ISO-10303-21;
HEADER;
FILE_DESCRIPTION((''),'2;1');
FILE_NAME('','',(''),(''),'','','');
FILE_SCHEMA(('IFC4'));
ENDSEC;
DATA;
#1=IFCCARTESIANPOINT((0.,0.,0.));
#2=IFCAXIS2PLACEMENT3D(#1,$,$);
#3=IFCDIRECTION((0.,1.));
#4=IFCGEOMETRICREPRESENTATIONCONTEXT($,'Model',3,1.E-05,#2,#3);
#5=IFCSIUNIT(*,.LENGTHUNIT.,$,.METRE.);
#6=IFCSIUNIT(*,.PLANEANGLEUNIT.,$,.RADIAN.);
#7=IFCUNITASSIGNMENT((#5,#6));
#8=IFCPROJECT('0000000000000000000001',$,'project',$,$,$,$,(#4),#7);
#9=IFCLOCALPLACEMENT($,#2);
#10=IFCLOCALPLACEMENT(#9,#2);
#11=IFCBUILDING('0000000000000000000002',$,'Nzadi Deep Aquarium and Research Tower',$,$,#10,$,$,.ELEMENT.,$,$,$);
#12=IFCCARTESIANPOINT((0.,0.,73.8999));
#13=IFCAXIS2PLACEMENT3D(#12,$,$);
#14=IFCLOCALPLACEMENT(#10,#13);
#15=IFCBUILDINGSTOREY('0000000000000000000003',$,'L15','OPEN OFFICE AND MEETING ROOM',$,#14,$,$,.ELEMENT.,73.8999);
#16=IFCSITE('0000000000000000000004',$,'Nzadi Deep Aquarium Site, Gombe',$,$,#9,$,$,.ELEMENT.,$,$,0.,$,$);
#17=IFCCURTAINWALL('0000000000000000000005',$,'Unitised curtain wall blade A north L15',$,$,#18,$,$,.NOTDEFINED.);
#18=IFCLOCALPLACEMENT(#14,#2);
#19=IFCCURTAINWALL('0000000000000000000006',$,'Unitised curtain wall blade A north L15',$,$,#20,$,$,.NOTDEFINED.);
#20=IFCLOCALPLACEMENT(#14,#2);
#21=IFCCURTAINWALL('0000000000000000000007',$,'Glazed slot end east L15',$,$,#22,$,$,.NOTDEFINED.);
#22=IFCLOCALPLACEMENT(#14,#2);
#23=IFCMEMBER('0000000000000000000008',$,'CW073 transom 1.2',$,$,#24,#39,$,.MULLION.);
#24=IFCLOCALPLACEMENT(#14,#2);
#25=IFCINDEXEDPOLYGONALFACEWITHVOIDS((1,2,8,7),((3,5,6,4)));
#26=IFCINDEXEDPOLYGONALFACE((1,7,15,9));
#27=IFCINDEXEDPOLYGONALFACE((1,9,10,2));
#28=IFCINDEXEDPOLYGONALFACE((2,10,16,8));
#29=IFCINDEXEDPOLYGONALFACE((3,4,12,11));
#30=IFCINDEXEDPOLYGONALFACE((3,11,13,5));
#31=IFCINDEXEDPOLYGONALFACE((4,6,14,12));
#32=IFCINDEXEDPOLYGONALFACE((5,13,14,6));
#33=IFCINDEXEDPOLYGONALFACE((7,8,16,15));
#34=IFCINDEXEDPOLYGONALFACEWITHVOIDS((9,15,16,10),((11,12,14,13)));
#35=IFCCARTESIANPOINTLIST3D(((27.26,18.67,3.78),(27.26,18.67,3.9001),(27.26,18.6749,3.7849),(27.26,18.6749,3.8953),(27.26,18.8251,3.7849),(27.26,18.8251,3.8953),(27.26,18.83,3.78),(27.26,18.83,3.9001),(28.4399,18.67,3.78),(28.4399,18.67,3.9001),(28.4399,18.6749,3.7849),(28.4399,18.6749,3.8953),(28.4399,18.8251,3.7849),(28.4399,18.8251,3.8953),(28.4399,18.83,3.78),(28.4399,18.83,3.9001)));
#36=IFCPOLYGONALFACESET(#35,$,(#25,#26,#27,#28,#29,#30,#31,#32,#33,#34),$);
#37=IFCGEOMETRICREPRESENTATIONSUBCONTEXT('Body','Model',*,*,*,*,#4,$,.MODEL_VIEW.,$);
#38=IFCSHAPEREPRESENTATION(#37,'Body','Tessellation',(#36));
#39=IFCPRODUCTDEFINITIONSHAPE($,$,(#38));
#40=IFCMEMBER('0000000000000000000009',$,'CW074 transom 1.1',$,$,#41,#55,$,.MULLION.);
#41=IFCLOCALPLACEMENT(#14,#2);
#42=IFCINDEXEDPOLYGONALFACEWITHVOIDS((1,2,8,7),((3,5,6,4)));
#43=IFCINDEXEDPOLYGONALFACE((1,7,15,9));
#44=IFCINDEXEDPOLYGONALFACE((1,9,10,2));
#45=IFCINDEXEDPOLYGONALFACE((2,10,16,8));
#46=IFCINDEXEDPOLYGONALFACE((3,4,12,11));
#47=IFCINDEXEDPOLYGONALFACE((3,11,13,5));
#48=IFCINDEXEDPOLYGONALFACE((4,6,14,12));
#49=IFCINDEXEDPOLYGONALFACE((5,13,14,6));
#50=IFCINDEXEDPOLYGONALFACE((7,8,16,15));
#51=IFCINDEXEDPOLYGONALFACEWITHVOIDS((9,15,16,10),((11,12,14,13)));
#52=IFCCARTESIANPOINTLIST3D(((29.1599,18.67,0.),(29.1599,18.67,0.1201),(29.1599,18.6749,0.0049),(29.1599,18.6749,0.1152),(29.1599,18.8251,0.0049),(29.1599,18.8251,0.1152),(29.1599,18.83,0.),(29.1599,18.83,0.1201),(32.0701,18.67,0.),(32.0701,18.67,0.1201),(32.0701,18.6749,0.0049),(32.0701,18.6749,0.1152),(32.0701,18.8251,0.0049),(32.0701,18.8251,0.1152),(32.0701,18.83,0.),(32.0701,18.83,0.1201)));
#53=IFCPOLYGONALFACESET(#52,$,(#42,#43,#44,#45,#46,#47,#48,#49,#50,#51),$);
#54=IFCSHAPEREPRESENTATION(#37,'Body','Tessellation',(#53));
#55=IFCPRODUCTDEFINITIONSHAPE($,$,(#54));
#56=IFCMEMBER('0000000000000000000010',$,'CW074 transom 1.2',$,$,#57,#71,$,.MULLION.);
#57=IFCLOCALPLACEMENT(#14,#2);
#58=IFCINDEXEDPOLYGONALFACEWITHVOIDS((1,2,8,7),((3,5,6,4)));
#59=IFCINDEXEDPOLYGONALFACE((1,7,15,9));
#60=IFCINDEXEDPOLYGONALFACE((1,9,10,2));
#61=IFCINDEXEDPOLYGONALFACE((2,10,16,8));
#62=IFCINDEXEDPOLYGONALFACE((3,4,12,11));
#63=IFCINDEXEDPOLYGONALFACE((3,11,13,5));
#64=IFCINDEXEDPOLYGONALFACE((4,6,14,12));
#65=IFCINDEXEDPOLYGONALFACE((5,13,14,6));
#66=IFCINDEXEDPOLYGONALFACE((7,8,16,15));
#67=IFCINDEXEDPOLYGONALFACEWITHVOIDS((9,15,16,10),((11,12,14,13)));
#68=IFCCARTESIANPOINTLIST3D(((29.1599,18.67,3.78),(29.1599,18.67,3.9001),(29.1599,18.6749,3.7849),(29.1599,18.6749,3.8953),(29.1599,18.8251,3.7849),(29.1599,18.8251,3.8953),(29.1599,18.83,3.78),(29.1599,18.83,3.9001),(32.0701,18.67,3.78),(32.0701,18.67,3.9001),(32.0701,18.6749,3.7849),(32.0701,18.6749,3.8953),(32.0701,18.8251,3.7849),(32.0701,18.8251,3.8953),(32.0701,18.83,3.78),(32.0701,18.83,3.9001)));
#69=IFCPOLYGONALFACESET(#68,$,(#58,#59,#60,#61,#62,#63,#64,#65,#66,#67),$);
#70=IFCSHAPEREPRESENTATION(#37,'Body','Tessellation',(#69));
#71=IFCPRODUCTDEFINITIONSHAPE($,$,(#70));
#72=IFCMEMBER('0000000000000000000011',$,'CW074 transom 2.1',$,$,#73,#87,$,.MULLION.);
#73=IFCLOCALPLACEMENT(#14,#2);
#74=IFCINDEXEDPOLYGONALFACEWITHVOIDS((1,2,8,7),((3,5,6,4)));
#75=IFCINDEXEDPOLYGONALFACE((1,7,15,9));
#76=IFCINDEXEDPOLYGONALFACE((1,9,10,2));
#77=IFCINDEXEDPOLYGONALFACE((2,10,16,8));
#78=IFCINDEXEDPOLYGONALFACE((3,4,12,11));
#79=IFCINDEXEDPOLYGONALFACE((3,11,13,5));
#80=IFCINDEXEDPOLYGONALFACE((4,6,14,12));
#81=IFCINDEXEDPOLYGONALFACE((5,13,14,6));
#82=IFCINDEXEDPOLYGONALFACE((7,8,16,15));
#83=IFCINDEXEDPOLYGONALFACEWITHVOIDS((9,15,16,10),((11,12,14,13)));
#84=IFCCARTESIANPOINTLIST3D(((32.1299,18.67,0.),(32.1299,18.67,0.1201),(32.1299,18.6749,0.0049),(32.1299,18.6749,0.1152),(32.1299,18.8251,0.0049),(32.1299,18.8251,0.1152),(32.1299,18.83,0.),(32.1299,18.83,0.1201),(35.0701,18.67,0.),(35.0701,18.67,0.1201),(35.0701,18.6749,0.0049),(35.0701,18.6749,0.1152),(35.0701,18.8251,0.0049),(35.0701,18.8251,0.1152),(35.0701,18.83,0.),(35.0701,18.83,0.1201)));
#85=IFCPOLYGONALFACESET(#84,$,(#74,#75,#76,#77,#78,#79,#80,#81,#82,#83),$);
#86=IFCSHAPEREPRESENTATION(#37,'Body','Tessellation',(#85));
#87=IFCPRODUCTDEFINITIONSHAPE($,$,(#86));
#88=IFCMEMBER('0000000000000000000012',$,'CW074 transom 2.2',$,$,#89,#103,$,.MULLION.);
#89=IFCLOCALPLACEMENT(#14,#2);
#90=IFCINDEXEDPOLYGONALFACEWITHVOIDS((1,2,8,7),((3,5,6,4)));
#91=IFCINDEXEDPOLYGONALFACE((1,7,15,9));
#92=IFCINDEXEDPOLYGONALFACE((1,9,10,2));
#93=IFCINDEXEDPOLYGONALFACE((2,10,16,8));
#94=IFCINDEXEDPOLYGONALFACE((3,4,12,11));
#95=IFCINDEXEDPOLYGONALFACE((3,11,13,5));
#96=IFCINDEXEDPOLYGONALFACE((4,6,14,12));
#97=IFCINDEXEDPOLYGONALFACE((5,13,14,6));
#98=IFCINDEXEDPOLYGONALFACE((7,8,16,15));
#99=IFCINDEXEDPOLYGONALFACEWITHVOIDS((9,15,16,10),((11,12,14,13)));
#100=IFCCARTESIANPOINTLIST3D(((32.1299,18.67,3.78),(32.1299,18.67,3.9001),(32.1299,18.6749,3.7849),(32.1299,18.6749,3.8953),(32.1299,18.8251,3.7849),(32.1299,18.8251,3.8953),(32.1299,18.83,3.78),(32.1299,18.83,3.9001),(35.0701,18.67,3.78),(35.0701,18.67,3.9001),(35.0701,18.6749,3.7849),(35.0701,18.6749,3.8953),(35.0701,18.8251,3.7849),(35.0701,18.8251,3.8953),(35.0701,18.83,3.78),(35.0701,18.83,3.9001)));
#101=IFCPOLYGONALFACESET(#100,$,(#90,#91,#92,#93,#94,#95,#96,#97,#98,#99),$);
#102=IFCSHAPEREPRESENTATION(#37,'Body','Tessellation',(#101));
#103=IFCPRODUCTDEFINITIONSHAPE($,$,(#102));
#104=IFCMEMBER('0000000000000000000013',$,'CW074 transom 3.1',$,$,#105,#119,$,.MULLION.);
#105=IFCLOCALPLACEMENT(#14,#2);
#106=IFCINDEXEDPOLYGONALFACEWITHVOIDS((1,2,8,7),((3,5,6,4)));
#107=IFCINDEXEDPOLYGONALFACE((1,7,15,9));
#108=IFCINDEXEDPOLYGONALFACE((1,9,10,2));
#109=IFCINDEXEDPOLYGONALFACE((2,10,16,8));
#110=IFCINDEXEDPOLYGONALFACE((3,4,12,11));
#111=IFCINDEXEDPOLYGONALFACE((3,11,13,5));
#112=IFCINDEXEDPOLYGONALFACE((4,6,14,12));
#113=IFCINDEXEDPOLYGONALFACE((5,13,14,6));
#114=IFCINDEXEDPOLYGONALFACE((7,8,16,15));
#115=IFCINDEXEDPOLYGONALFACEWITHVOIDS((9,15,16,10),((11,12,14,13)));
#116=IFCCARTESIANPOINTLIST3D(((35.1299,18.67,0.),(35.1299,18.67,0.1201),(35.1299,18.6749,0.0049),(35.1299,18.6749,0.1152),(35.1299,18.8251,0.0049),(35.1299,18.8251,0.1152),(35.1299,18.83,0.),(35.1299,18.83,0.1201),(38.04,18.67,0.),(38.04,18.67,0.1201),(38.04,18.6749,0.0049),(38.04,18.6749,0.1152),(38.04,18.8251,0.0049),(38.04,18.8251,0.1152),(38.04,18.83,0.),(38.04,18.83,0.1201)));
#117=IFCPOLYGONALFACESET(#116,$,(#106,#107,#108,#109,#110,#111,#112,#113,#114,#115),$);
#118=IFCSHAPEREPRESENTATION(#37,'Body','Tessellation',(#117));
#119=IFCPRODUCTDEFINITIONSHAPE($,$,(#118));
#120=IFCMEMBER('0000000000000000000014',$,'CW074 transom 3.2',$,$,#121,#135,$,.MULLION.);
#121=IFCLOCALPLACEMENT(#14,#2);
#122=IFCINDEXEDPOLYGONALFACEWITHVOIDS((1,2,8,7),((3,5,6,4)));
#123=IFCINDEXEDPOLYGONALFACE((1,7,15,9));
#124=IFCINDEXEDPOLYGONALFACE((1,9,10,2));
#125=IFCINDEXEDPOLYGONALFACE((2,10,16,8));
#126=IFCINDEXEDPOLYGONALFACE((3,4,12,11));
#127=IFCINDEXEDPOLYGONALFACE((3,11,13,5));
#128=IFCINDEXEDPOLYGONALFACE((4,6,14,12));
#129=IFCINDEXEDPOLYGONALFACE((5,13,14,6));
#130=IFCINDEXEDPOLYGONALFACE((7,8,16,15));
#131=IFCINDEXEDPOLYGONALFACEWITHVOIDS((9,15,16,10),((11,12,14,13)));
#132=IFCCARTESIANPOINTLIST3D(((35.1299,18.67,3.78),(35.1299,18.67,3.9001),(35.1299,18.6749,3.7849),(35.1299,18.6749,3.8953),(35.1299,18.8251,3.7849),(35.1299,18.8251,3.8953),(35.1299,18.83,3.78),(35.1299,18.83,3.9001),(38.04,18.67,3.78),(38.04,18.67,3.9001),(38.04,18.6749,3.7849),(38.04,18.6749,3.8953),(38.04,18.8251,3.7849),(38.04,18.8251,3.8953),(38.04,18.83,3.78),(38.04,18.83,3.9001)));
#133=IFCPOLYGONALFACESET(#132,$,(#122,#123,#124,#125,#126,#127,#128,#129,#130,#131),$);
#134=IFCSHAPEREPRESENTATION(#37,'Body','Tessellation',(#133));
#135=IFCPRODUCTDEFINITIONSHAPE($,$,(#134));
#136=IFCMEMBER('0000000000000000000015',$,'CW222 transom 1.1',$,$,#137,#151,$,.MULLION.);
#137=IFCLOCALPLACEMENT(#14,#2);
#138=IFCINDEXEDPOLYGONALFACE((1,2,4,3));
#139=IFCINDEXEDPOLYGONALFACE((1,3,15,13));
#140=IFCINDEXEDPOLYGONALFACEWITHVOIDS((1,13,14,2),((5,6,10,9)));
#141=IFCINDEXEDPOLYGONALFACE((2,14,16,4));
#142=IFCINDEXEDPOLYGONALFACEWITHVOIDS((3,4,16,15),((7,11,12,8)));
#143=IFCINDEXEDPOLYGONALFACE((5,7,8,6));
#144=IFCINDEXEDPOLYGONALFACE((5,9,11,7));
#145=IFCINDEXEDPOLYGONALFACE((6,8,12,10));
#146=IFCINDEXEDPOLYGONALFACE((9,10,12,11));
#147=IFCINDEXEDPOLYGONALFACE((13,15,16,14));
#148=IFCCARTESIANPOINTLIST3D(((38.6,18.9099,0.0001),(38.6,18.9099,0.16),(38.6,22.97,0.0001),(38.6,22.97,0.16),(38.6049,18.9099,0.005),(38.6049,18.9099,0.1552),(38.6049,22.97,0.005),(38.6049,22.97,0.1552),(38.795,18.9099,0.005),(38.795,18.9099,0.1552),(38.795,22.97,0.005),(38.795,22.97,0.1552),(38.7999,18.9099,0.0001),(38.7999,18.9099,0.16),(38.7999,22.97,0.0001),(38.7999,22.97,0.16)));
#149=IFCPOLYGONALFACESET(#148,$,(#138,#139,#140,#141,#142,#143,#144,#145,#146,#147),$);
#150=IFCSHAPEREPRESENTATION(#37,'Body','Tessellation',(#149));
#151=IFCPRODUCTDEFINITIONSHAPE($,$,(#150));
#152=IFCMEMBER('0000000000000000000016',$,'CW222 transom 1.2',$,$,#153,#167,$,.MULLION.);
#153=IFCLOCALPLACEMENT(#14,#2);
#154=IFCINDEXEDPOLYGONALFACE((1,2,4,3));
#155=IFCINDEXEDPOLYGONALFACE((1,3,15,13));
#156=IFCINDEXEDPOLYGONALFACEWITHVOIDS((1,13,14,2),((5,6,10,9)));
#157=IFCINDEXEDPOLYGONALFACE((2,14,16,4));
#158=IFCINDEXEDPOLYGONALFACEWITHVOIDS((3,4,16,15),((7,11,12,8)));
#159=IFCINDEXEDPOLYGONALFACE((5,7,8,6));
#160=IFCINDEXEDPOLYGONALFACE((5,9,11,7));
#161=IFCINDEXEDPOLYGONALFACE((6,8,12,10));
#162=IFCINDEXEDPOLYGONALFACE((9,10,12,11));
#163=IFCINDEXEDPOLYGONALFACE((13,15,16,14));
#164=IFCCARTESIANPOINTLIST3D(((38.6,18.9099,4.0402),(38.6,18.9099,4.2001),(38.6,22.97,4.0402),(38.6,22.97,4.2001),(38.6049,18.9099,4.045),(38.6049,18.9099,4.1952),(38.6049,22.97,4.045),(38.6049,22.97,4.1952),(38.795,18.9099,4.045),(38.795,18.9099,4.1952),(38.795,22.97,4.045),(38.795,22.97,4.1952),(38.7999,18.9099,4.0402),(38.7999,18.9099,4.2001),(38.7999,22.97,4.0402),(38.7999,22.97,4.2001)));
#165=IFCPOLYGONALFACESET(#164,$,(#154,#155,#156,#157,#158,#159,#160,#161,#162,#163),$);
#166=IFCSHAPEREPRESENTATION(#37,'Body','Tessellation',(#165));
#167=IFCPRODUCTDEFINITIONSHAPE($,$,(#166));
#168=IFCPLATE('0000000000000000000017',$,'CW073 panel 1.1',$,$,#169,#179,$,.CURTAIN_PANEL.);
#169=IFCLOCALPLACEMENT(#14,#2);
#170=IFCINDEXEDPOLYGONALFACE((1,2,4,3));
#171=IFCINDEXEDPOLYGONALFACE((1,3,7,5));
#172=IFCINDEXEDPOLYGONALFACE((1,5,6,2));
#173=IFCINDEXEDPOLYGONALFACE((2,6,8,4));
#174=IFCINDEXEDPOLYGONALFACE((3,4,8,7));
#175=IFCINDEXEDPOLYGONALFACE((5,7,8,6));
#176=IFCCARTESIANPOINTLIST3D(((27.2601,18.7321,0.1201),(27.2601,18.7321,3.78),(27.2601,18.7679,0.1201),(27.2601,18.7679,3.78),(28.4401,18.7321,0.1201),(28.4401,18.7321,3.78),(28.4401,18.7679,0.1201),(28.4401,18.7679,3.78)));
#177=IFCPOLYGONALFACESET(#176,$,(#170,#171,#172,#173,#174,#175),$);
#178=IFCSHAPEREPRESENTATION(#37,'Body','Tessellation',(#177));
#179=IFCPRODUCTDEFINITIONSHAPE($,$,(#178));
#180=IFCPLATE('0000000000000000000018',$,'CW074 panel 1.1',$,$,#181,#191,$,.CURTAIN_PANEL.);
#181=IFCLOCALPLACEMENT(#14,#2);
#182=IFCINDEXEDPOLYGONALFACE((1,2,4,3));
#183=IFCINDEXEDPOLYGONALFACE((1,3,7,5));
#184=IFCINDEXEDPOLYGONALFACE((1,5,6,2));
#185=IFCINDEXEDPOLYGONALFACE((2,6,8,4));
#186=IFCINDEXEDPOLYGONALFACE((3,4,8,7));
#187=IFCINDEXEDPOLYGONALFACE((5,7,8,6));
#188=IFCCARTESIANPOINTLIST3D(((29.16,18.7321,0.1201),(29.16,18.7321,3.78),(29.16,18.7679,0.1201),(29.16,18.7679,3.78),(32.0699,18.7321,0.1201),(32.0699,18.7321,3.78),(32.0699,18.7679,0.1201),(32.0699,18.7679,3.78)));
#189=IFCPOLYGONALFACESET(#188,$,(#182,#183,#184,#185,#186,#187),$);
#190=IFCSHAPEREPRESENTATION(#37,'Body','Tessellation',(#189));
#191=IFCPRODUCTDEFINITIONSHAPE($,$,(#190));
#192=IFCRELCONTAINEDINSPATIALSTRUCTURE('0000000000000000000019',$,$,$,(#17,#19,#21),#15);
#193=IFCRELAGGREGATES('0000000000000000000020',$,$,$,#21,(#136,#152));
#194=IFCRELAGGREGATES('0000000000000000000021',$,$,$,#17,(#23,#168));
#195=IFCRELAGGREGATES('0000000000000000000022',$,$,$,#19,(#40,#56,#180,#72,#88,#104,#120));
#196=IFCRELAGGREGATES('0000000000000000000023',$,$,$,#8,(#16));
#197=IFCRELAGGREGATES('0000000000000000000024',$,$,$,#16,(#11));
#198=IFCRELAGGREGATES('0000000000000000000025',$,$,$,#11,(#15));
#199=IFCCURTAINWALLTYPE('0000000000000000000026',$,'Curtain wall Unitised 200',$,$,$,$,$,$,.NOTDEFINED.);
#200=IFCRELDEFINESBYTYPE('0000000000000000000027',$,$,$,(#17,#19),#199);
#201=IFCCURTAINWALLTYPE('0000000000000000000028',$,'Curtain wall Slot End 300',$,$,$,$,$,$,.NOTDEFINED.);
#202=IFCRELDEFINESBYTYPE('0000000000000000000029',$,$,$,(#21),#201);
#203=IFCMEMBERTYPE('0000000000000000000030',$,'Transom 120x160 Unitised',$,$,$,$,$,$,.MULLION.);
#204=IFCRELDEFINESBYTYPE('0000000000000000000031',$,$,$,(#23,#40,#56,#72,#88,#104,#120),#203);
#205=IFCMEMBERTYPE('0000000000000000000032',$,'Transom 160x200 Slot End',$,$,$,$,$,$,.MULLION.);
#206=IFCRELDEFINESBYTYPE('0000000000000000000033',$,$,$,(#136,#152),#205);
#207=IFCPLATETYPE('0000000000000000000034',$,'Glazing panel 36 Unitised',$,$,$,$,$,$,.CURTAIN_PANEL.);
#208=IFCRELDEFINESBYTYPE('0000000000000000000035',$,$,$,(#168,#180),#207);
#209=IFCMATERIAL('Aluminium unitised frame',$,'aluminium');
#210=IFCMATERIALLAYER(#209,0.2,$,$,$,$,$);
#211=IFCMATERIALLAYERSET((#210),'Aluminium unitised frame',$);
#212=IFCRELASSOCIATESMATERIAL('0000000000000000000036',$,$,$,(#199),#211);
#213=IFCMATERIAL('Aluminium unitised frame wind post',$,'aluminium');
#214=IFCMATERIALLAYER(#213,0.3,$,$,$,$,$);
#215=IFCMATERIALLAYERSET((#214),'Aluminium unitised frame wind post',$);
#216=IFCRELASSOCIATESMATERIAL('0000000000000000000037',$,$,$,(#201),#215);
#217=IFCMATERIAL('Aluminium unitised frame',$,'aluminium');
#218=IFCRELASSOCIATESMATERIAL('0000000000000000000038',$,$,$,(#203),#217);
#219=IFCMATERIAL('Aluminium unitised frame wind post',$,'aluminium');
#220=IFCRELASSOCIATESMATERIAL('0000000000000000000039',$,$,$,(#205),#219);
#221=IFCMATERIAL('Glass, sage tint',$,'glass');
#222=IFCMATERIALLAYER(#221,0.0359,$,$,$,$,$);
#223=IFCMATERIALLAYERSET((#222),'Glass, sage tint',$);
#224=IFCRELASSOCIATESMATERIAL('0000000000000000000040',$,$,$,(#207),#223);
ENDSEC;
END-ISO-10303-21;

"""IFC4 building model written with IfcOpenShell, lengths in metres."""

from ifc_helpers import new_model, si_unit, direction, frame, origin, origin_2d, place, context, subcontext, project, spatial, rectangle, hollow_rectangle, extrude, material, layer, layer_set, material_profile, profile_set, type_object, element, aggregate, save


model = new_model("IFC4")

# Units and contexts
model_context = context("Model", 3, precision=1e-05, world=origin(), true_north=direction((0.0, 1.0)))
body_context = subcontext(model_context, "Body", "Model", "MODEL_VIEW")
ifc_project = project(units=[si_unit("LENGTHUNIT", "METRE"), si_unit("PLANEANGLEUNIT", "RADIAN")], contexts=[model_context])

# Site, building, storey
site_placement = place(None, origin())
site = spatial("IfcSite", under=ifc_project, at=site_placement, Name="Nzadi Deep Aquarium Site, Gombe", CompositionType="ELEMENT", RefElevation=0.0)
building_placement = place(site_placement, origin())
building = spatial("IfcBuilding", under=site, at=building_placement, Name="Nzadi Deep Aquarium and Research Tower", CompositionType="ELEMENT")
storey_placement = place(building_placement, frame((0.0, 0.0, 73.8999)))
storey = spatial("IfcBuildingStorey", under=building, at=storey_placement, Name="L15", Description="OPEN OFFICE AND MEETING ROOM", CompositionType="ELEMENT", Elevation=73.8999)

# Curtain walls
ifc_material_1 = material(Name="Aluminium unitised frame", Category="aluminium")
ifc_layer_1 = layer(ifc_material_1, 0.2)
ifc_layer_set_1 = layer_set([ifc_layer_1], Name="Aluminium unitised frame")
curtain_wall_type_1 = type_object("IfcCurtainWallType", Name="Curtain wall Unitised 200", PredefinedType="NOTDEFINED", material=ifc_layer_set_1)
curtain_wall_1_placement = place(storey_placement, origin())
curtain_wall_1 = element("IfcCurtainWall", 1, at=curtain_wall_1_placement, inside=storey, type_object=curtain_wall_type_1, Name="Unitised curtain wall blade A north L15", PredefinedType="NOTDEFINED")
curtain_wall_2_placement = place(storey_placement, origin())
curtain_wall_2 = element("IfcCurtainWall", 2, at=curtain_wall_2_placement, inside=storey, type_object=curtain_wall_type_1, Name="Unitised curtain wall blade A north L15", PredefinedType="NOTDEFINED")

# Curtain wall
ifc_material_2 = material(Name="Aluminium unitised frame wind post", Category="aluminium")
ifc_layer_2 = layer(ifc_material_2, 0.3)
ifc_layer_set_2 = layer_set([ifc_layer_2], Name="Aluminium unitised frame wind post")
curtain_wall_type_2 = type_object("IfcCurtainWallType", Name="Curtain wall Slot End 300", PredefinedType="NOTDEFINED", material=ifc_layer_set_2)
curtain_wall_3_placement = place(storey_placement, origin())
curtain_wall_3 = element("IfcCurtainWall", 3, at=curtain_wall_3_placement, inside=storey, type_object=curtain_wall_type_2, Name="Glazed slot end east L15", PredefinedType="NOTDEFINED")

# Members
ifc_material_3 = material(Name="Aluminium unitised frame", Category="aluminium")
ifc_material_profile_1 = material_profile(ifc_material_3, hollow_rectangle(XDim=0.1599, YDim=0.1201, WallThickness=0.0049, at=origin_2d()))
ifc_profile_set_1 = profile_set([ifc_material_profile_1], Name="Aluminium unitised frame")
member_type_1 = type_object("IfcMemberType", Name="Transom 120x160 Unitised", PredefinedType="MULLION", material=ifc_profile_set_1)
member_1_placement = place(storey_placement, frame((27.26, 18.75, 3.8401), z_axis=(1.0, 0.0, 0.0), x_axis=(0.0, 1.0, 0.0)))
member_1 = element("IfcMember", 4, at=member_1_placement, type_object=member_type_1, Name="CW073 transom 1.2", PredefinedType="MULLION", context=body_context, shape_type="SweptSolid", body=[
    extrude(hollow_rectangle(XDim=0.1599, YDim=0.1201, WallThickness=0.0049, at=origin_2d()), origin(), (0.0, 0.0, 1.0), 1.1799),
])
member_2_placement = place(storey_placement, frame((29.1599, 18.75, 0.0601), z_axis=(1.0, 0.0, 0.0), x_axis=(0.0, 1.0, 0.0)))
member_2 = element("IfcMember", 5, at=member_2_placement, type_object=member_type_1, Name="CW074 transom 1.1", PredefinedType="MULLION", context=body_context, shape_type="SweptSolid", body=[
    extrude(hollow_rectangle(XDim=0.1599, YDim=0.1201, WallThickness=0.0049, at=origin_2d()), origin(), (0.0, 0.0, 1.0), 2.9102),
])
member_3_placement = place(storey_placement, frame((29.1599, 18.75, 3.8401), z_axis=(1.0, 0.0, 0.0), x_axis=(0.0, 1.0, 0.0)))
member_3 = element("IfcMember", 6, at=member_3_placement, type_object=member_type_1, Name="CW074 transom 1.2", PredefinedType="MULLION", context=body_context, shape_type="SweptSolid", body=[
    extrude(hollow_rectangle(XDim=0.1599, YDim=0.1201, WallThickness=0.0049, at=origin_2d()), origin(), (0.0, 0.0, 1.0), 2.9102),
])
member_4_placement = place(storey_placement, frame((32.1299, 18.75, 0.0601), z_axis=(1.0, 0.0, 0.0), x_axis=(0.0, 1.0, 0.0)))
member_4 = element("IfcMember", 7, at=member_4_placement, type_object=member_type_1, Name="CW074 transom 2.1", PredefinedType="MULLION", context=body_context, shape_type="SweptSolid", body=[
    extrude(hollow_rectangle(XDim=0.1599, YDim=0.1201, WallThickness=0.0049, at=origin_2d()), origin(), (0.0, 0.0, 1.0), 2.9402),
])
member_5_placement = place(storey_placement, frame((32.1299, 18.75, 3.8401), z_axis=(1.0, 0.0, 0.0), x_axis=(0.0, 1.0, 0.0)))
member_5 = element("IfcMember", 8, at=member_5_placement, type_object=member_type_1, Name="CW074 transom 2.2", PredefinedType="MULLION", context=body_context, shape_type="SweptSolid", body=[
    extrude(hollow_rectangle(XDim=0.1599, YDim=0.1201, WallThickness=0.0049, at=origin_2d()), origin(), (0.0, 0.0, 1.0), 2.9402),
])
member_6_placement = place(storey_placement, frame((35.1299, 18.75, 0.0601), z_axis=(1.0, 0.0, 0.0), x_axis=(0.0, 1.0, 0.0)))
member_6 = element("IfcMember", 9, at=member_6_placement, type_object=member_type_1, Name="CW074 transom 3.1", PredefinedType="MULLION", context=body_context, shape_type="SweptSolid", body=[
    extrude(hollow_rectangle(XDim=0.1599, YDim=0.1201, WallThickness=0.0049, at=origin_2d()), origin(), (0.0, 0.0, 1.0), 2.9102),
])
member_7_placement = place(storey_placement, frame((35.1299, 18.75, 3.8401), z_axis=(1.0, 0.0, 0.0), x_axis=(0.0, 1.0, 0.0)))
member_7 = element("IfcMember", 10, at=member_7_placement, type_object=member_type_1, Name="CW074 transom 3.2", PredefinedType="MULLION", context=body_context, shape_type="SweptSolid", body=[
    extrude(hollow_rectangle(XDim=0.1599, YDim=0.1201, WallThickness=0.0049, at=origin_2d()), origin(), (0.0, 0.0, 1.0), 2.9102),
])
ifc_material_4 = material(Name="Aluminium unitised frame wind post", Category="aluminium")
ifc_material_profile_2 = material_profile(ifc_material_4, hollow_rectangle(XDim=0.2, YDim=0.1599, WallThickness=0.0049, at=origin_2d()))
ifc_profile_set_2 = profile_set([ifc_material_profile_2], Name="Aluminium unitised frame wind post")
member_type_2 = type_object("IfcMemberType", Name="Transom 160x200 Slot End", PredefinedType="MULLION", material=ifc_profile_set_2)
member_8_placement = place(storey_placement, frame((38.7, 18.9099, 0.0801), z_axis=(0.0, 1.0, 0.0), x_axis=(-1.0, 0.0, 0.0)))
member_8 = element("IfcMember", 11, at=member_8_placement, type_object=member_type_2, Name="CW222 transom 1.1", PredefinedType="MULLION", context=body_context, shape_type="SweptSolid", body=[
    extrude(hollow_rectangle(XDim=0.2, YDim=0.1599, WallThickness=0.0049, at=origin_2d()), origin(), (0.0, 0.0, 1.0), 4.0601),
])
member_9_placement = place(storey_placement, frame((38.7, 18.9099, 4.1201), z_axis=(0.0, 1.0, 0.0), x_axis=(-1.0, 0.0, 0.0)))
member_9 = element("IfcMember", 12, at=member_9_placement, type_object=member_type_2, Name="CW222 transom 1.2", PredefinedType="MULLION", context=body_context, shape_type="SweptSolid", body=[
    extrude(hollow_rectangle(XDim=0.2, YDim=0.1599, WallThickness=0.0049, at=origin_2d()), origin(), (0.0, 0.0, 1.0), 4.0601),
])
aggregate(curtain_wall_3, [member_8, member_9])

# Plates
ifc_material_5 = material(Name="Glass, sage tint", Category="glass")
ifc_layer_3 = layer(ifc_material_5, 0.0359)
ifc_layer_set_3 = layer_set([ifc_layer_3], Name="Glass, sage tint")
plate_type = type_object("IfcPlateType", Name="Glazing panel 36 Unitised", PredefinedType="CURTAIN_PANEL", material=ifc_layer_set_3)
plate_1_placement = place(storey_placement, frame((27.8501, 18.75, 0.1201), z_axis=(0.0, 0.0, 1.0), x_axis=(1.0, 0.0, 0.0)))
plate_1 = element("IfcPlate", 13, at=plate_1_placement, type_object=plate_type, Name="CW073 panel 1.1", PredefinedType="CURTAIN_PANEL", context=body_context, shape_type="SweptSolid", body=[
    extrude(rectangle(XDim=1.1799, YDim=0.0359, at=origin_2d()), origin(), (0.0, 0.0, 1.0), 3.6599),
])
aggregate(curtain_wall_1, [member_1, plate_1])
plate_2_placement = place(storey_placement, frame((30.615, 18.75, 0.1201), z_axis=(0.0, 0.0, 1.0), x_axis=(1.0, 0.0, 0.0)))
plate_2 = element("IfcPlate", 14, at=plate_2_placement, type_object=plate_type, Name="CW074 panel 1.1", PredefinedType="CURTAIN_PANEL", context=body_context, shape_type="SweptSolid", body=[
    extrude(rectangle(XDim=2.9099, YDim=0.0359, at=origin_2d()), origin(), (0.0, 0.0, 1.0), 3.6599),
])
aggregate(curtain_wall_2, [member_2, member_3, plate_2, member_4, member_5, member_6, member_7])

save(model, "model.ifc")
